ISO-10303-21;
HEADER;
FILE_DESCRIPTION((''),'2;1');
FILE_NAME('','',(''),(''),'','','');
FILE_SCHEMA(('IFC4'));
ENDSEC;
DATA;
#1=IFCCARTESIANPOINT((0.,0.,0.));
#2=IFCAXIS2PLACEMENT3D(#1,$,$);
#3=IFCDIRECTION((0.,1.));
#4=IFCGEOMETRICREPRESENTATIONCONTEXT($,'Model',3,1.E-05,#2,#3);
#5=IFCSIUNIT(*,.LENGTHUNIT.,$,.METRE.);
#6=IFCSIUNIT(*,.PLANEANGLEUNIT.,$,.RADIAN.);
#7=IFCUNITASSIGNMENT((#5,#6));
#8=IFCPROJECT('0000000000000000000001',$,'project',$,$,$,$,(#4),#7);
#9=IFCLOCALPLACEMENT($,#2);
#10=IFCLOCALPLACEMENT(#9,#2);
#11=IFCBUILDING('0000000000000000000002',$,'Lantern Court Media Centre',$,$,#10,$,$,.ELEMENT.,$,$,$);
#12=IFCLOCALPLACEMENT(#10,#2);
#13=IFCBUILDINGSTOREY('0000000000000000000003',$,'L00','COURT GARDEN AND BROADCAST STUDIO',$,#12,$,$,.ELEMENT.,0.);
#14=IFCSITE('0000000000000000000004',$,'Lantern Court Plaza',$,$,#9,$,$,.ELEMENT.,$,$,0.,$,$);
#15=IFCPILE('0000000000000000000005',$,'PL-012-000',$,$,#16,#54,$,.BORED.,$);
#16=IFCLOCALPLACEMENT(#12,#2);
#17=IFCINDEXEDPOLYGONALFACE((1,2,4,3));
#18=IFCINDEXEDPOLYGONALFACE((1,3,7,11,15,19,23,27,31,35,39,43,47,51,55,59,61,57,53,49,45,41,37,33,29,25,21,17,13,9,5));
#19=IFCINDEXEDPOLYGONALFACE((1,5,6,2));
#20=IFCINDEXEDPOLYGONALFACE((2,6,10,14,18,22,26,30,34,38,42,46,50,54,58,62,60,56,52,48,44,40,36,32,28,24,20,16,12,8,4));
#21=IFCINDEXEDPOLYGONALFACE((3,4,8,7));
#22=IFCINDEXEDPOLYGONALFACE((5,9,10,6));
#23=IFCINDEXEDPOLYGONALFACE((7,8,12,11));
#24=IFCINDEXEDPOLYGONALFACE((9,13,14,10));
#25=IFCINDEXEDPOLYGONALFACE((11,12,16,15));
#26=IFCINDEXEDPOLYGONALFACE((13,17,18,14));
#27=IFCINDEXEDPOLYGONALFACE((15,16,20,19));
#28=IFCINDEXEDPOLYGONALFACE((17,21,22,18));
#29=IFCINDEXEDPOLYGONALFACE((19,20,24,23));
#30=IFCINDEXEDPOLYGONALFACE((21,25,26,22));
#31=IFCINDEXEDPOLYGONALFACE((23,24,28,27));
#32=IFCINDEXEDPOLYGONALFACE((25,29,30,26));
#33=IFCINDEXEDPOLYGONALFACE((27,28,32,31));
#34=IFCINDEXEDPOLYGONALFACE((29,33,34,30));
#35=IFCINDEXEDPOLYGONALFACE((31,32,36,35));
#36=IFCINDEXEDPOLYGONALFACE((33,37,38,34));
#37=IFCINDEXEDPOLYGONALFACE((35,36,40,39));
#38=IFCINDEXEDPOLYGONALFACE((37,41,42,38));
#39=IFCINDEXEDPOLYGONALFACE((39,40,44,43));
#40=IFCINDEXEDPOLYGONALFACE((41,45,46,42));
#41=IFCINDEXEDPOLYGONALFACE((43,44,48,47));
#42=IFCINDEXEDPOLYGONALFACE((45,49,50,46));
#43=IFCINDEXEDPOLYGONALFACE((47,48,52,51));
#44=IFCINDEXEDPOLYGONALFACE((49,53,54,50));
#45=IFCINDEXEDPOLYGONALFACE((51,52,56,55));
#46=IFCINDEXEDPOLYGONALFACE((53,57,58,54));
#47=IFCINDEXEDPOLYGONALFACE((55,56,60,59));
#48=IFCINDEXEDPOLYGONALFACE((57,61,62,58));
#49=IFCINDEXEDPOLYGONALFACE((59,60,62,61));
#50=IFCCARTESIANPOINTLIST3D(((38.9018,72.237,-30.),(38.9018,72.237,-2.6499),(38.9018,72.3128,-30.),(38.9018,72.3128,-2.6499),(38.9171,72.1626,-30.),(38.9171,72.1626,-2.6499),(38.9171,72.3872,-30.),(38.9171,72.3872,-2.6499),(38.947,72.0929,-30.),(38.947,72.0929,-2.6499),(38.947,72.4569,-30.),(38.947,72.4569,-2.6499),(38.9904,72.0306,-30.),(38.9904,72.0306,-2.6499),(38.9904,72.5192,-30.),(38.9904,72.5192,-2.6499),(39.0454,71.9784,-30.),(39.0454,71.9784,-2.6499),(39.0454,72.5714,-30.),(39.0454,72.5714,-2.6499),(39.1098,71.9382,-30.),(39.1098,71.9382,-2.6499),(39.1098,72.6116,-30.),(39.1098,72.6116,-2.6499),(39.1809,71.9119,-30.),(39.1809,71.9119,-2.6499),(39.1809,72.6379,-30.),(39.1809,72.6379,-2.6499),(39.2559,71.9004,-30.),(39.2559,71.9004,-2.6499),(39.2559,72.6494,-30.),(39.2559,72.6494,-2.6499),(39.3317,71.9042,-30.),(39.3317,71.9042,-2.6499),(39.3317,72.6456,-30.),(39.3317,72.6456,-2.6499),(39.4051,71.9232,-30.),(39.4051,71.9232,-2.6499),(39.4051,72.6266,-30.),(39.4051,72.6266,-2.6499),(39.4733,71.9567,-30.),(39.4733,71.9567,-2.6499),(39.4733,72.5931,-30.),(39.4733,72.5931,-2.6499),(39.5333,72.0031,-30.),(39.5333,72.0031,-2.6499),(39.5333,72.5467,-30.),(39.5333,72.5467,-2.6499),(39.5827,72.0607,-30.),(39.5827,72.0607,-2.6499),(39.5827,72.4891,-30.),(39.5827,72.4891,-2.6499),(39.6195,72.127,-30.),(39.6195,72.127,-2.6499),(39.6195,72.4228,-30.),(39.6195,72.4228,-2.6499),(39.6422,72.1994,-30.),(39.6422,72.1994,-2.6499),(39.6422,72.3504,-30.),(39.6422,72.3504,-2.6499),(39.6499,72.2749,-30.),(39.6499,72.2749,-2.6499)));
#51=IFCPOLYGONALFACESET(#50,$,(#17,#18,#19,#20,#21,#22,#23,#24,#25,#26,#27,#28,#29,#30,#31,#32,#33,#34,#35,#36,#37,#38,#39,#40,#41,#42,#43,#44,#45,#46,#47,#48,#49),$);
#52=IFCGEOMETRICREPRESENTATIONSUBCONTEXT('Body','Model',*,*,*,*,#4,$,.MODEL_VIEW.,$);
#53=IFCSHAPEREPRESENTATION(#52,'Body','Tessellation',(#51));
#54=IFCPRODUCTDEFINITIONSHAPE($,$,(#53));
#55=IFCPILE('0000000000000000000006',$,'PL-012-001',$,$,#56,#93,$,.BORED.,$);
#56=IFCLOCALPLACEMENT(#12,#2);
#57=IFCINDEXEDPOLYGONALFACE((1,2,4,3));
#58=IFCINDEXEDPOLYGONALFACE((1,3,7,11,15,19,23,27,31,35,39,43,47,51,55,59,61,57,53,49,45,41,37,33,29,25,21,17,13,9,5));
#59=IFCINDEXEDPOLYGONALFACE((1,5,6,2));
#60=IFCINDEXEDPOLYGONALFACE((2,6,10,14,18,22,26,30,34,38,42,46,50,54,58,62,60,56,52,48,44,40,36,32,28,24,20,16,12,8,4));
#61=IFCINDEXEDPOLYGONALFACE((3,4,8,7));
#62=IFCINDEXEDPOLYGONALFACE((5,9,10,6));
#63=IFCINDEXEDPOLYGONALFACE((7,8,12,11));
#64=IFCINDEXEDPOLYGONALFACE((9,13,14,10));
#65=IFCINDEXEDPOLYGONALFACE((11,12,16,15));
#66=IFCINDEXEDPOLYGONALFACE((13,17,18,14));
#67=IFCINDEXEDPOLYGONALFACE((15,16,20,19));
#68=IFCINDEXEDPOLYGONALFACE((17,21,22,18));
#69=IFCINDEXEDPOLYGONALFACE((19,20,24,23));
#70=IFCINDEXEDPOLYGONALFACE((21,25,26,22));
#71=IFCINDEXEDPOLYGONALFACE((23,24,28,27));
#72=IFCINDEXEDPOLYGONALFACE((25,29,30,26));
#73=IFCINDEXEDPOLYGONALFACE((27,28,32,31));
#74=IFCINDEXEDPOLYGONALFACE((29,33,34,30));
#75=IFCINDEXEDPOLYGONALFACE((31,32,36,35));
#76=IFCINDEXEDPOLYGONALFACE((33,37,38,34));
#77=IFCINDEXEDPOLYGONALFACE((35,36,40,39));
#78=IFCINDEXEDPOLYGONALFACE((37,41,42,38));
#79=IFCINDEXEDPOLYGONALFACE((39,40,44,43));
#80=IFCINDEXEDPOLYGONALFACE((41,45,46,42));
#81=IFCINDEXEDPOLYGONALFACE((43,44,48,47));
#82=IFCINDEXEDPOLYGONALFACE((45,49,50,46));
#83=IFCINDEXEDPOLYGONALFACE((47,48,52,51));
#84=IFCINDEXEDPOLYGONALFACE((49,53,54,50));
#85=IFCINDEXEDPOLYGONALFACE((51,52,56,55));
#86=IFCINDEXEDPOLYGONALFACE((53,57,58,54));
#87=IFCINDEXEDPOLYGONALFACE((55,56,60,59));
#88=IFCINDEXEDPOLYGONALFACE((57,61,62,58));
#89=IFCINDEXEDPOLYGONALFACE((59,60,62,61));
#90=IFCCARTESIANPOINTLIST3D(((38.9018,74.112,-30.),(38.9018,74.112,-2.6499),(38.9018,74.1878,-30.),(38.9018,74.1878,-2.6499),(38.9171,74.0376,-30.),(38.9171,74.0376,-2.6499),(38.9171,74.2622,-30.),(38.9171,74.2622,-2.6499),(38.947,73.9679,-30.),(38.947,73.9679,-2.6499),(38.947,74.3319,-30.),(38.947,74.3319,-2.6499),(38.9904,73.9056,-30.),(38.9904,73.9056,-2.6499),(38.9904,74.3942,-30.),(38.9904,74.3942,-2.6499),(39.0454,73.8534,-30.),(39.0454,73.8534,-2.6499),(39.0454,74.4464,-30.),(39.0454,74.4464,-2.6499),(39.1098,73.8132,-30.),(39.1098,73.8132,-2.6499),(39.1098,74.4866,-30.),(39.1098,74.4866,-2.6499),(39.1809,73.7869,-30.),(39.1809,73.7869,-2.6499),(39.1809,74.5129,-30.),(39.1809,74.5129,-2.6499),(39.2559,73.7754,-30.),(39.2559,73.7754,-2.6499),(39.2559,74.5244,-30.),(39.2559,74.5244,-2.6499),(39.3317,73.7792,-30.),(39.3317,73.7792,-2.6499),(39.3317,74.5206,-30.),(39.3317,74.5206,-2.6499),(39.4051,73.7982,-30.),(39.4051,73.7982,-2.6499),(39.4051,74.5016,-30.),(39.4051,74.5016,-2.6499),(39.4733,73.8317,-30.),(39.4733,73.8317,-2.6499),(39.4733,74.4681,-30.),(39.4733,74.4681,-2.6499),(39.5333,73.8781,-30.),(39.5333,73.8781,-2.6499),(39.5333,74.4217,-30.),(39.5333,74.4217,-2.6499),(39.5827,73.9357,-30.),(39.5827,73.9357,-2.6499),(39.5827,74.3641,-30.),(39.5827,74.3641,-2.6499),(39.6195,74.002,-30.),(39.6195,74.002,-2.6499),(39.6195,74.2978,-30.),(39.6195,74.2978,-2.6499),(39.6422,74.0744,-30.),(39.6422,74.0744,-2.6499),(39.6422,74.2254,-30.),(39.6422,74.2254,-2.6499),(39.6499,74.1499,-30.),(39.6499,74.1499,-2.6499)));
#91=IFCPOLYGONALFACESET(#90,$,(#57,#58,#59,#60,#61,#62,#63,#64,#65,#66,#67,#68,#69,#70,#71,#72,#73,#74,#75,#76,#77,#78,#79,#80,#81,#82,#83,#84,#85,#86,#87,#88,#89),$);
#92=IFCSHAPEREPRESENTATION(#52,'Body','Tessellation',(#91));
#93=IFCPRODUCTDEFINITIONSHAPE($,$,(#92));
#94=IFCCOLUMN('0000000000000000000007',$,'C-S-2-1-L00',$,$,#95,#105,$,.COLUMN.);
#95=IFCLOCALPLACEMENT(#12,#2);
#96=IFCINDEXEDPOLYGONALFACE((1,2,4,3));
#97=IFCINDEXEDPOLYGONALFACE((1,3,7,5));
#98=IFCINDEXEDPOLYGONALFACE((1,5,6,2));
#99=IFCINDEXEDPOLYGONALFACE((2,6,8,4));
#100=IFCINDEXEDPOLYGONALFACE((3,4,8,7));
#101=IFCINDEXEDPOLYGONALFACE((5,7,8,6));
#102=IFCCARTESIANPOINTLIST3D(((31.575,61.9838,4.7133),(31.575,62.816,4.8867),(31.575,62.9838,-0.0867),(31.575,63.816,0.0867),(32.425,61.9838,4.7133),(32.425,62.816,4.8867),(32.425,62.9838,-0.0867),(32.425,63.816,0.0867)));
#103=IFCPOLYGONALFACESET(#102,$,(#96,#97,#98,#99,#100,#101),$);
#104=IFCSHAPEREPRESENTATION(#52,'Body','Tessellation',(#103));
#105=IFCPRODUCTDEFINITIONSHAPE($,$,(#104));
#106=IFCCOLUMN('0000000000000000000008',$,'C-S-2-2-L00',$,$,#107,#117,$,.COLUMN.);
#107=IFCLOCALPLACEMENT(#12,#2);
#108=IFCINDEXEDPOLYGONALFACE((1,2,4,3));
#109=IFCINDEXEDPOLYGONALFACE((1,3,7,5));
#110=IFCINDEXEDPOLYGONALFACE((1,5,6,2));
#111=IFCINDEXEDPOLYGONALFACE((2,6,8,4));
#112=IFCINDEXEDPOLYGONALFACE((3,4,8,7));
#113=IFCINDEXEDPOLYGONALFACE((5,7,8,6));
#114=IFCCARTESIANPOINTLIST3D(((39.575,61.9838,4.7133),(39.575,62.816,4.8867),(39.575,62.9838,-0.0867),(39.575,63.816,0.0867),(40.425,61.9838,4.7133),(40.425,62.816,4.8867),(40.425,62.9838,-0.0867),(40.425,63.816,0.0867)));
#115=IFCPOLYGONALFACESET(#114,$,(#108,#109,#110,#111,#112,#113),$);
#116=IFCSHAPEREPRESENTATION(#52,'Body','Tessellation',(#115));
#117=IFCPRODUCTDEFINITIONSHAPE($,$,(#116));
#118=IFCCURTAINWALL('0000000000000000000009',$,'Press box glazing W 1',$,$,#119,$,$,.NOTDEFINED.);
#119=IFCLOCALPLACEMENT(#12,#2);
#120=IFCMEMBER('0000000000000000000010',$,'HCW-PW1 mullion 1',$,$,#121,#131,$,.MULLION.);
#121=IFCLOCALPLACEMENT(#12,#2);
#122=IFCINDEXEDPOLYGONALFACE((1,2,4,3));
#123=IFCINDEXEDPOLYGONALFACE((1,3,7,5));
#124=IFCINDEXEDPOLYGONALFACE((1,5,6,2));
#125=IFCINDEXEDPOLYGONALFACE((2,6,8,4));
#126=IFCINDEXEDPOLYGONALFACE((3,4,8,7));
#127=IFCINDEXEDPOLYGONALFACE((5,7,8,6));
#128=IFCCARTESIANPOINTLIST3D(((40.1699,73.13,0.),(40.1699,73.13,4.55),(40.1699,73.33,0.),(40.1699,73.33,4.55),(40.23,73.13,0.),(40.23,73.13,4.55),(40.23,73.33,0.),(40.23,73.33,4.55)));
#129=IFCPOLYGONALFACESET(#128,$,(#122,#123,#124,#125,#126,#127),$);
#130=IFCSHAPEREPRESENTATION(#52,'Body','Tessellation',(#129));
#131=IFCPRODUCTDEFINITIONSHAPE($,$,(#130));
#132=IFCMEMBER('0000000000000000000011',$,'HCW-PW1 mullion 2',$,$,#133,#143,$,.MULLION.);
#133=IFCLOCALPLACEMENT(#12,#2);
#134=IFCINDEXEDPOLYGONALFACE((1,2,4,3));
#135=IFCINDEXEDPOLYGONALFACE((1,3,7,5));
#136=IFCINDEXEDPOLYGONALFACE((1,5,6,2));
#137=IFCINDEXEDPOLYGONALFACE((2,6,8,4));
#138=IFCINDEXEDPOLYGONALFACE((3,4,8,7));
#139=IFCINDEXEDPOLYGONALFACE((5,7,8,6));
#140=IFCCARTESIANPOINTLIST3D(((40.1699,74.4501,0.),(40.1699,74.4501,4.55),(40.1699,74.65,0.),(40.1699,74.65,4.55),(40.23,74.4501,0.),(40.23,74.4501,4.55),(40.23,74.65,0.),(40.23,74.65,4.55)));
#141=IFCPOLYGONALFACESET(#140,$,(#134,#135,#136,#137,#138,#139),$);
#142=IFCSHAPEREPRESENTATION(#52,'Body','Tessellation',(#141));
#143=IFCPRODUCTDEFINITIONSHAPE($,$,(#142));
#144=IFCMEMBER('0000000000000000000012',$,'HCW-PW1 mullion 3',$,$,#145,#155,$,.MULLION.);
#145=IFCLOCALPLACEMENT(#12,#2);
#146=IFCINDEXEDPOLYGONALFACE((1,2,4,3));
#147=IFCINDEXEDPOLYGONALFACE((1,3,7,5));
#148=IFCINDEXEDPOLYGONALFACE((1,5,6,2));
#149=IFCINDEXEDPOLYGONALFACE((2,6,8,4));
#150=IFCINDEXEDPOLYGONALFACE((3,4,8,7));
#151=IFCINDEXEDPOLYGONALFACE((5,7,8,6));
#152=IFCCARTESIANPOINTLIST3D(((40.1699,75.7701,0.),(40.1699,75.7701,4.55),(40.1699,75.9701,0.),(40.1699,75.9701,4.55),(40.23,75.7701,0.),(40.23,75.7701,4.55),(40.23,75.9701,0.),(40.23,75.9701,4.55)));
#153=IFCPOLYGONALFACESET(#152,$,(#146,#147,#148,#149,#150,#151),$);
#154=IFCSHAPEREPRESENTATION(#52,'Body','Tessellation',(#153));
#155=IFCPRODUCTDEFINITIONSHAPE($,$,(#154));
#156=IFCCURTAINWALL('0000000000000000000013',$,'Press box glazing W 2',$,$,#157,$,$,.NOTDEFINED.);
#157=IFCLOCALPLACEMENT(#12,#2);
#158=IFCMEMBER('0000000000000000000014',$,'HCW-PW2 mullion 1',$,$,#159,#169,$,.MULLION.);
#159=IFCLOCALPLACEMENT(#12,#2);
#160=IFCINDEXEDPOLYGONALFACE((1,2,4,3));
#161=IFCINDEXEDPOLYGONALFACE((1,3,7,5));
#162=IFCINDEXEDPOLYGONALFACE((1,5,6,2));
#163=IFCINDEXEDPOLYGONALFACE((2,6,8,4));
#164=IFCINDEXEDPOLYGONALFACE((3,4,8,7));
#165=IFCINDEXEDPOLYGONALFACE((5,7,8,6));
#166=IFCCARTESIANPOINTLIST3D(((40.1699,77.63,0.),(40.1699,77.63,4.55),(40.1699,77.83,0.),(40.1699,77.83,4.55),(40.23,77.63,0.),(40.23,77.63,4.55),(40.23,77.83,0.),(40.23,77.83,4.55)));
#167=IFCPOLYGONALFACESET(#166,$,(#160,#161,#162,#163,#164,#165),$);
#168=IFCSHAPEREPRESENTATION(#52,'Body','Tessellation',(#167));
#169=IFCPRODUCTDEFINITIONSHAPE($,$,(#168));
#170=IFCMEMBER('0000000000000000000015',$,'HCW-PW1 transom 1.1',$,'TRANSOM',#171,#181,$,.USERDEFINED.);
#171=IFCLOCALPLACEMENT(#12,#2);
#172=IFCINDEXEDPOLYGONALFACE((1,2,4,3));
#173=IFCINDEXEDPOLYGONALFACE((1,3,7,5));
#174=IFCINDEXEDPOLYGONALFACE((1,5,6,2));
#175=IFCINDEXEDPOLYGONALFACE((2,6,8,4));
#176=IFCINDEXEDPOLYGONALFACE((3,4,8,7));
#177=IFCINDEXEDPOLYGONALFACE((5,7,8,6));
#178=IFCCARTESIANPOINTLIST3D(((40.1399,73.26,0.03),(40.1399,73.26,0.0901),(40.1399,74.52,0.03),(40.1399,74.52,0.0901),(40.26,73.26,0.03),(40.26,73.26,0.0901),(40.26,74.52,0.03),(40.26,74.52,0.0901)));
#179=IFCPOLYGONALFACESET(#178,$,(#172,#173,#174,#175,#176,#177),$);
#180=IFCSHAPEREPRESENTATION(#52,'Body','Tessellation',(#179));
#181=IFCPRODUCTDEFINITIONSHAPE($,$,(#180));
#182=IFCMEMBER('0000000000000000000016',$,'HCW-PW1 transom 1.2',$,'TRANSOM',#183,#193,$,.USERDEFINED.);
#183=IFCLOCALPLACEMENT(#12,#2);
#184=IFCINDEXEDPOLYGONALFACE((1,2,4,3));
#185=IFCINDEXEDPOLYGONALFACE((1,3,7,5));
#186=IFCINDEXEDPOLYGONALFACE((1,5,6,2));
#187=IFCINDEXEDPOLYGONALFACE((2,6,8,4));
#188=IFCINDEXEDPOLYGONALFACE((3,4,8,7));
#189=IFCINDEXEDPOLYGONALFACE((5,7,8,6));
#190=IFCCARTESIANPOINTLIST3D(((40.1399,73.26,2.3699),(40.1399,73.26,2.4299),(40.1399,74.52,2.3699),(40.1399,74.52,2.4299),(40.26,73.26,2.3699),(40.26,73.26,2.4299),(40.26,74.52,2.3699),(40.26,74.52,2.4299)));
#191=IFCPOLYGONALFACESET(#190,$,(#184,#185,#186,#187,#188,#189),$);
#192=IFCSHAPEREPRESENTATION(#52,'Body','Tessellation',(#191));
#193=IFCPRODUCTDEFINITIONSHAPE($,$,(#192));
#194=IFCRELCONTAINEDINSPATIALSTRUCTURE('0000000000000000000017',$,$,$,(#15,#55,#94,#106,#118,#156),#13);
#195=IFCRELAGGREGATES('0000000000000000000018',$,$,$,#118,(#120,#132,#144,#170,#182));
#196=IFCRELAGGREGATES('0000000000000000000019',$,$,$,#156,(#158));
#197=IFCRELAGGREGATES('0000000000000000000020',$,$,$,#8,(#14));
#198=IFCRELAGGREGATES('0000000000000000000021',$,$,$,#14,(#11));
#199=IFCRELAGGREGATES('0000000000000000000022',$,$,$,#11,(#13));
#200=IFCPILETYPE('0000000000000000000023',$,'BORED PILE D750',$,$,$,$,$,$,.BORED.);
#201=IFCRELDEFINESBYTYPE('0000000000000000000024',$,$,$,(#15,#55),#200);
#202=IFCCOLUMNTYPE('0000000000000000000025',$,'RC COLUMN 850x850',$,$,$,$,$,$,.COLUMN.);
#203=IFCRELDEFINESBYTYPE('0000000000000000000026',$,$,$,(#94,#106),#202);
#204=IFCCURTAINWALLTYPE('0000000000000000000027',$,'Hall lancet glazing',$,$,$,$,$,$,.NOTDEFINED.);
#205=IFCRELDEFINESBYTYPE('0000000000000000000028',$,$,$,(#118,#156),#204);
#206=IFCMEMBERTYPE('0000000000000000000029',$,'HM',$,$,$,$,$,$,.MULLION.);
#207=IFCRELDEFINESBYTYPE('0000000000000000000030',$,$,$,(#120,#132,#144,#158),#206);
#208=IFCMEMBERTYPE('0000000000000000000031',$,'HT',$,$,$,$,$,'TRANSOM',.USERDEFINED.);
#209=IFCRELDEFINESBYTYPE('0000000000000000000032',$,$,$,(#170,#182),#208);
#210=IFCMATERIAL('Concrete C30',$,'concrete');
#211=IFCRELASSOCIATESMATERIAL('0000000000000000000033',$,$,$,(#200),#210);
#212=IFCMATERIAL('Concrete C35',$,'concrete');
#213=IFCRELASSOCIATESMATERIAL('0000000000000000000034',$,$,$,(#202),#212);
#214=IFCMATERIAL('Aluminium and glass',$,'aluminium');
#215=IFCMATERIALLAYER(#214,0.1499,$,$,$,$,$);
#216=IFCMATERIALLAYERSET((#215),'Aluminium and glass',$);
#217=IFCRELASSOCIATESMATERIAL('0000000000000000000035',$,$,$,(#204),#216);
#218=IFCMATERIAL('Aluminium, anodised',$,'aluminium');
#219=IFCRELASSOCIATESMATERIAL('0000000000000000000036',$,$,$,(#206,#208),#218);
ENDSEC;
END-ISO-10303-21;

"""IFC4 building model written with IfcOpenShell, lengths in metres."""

from ifc_helpers import new_model, si_unit, direction, frame, origin, origin_2d, place, context, subcontext, project, spatial, rectangle, circle, extrude, material, layer, layer_set, material_profile, profile_set, type_object, element, aggregate, save


model = new_model("IFC4")

# Units and contexts
model_context = context("Model", 3, precision=1e-05, world=origin(), true_north=direction((0.0, 1.0)))
body_context = subcontext(model_context, "Body", "Model", "MODEL_VIEW")
ifc_project = project(units=[si_unit("LENGTHUNIT", "METRE"), si_unit("PLANEANGLEUNIT", "RADIAN")], contexts=[model_context])

# Site, building, storey
site_placement = place(None, origin())
site = spatial("IfcSite", under=ifc_project, at=site_placement, Name="Lantern Court Plaza", CompositionType="ELEMENT", RefElevation=0.0)
building_placement = place(site_placement, origin())
building = spatial("IfcBuilding", under=site, at=building_placement, Name="Lantern Court Media Centre", CompositionType="ELEMENT")
storey_placement = place(building_placement, origin())
storey = spatial("IfcBuildingStorey", under=building, at=storey_placement, Name="L00", Description="COURT GARDEN AND BROADCAST STUDIO", CompositionType="ELEMENT", Elevation=0.0)

# Piles
ifc_material_1 = material(Name="Concrete C30", Category="concrete")
ifc_material_profile_1 = material_profile(ifc_material_1, circle(Radius=0.375, at=origin_2d()), Name="D750")
ifc_profile_set_1 = profile_set([ifc_material_profile_1], Name="Concrete C30")
pile_type = type_object("IfcPileType", Name="BORED PILE D750", PredefinedType="BORED", material=ifc_profile_set_1)
for number, where, z_axis, x_axis, name in (
    (1, (39.2749, 72.2749, -2.6499), (0.0, 0.0, -1.0), (1.0, 0.0, 0.0), "PL-012-000"),
    (2, (39.2749, 74.1499, -2.6499), (0.0, 0.0, -1.0), (1.0, 0.0, 0.0), "PL-012-001"),
):
    element("IfcPile", number, at=place(storey_placement, frame(where, z_axis=z_axis, x_axis=x_axis)), inside=storey, type_object=pile_type, Name=name, PredefinedType="BORED", context=body_context, shape_type="SweptSolid", body=[
        extrude(circle(Radius=0.375, at=origin_2d()), origin(), (0.0, 0.0, 1.0), 27.3501),
    ])

# Columns
ifc_material_2 = material(Name="Concrete C35", Category="concrete")
ifc_material_profile_2 = material_profile(ifc_material_2, rectangle(XDim=0.8501, YDim=0.8501, at=origin_2d()), Name="RC 850x850")
ifc_profile_set_2 = profile_set([ifc_material_profile_2], Name="Concrete C35")
column_type = type_object("IfcColumnType", Name="RC COLUMN 850x850", PredefinedType="COLUMN", material=ifc_profile_set_2)
for number, where, z_axis, x_axis, name in (
    (3, (32.0, 63.3999, 0.0), (0.0, -0.203952, 0.978981), (1.0, 0.0, 0.0), "C-S-2-1-L00"),
    (4, (40.0, 63.3999, 0.0), (0.0, -0.203952, 0.978981), (1.0, 0.0, 0.0), "C-S-2-2-L00"),
):
    element("IfcColumn", number, at=place(storey_placement, frame(where, z_axis=z_axis, x_axis=x_axis)), inside=storey, type_object=column_type, Name=name, PredefinedType="COLUMN", context=body_context, shape_type="SweptSolid", body=[
        extrude(rectangle(XDim=0.8501, YDim=0.8501, at=origin_2d()), origin(), (0.0, 0.0, 1.0), 4.9031),
    ])

# Curtain wall, members
ifc_material_3 = material(Name="Aluminium and glass", Category="aluminium")
ifc_layer_1 = layer(ifc_material_3, 0.1499)
ifc_layer_set_1 = layer_set([ifc_layer_1], Name="Aluminium and glass")
curtain_wall_type = type_object("IfcCurtainWallType", Name="Hall lancet glazing", PredefinedType="NOTDEFINED", material=ifc_layer_set_1)
curtain_wall_1_placement = place(storey_placement, origin())
curtain_wall_1 = element("IfcCurtainWall", 5, at=curtain_wall_1_placement, inside=storey, type_object=curtain_wall_type, Name="Press box glazing W 1", PredefinedType="NOTDEFINED")
ifc_material_4 = material(Name="Aluminium, anodised", Category="aluminium")
ifc_material_profile_3 = material_profile(ifc_material_4, rectangle(XDim=0.0601, YDim=0.2, at=origin_2d()), Name="HM")
ifc_profile_set_3 = profile_set([ifc_material_profile_3], Name="Aluminium, anodised")
member_type_1 = type_object("IfcMemberType", Name="HM", PredefinedType="MULLION", material=ifc_profile_set_3)
member_1_placement = place(storey_placement, frame((40.2, 73.23, 0.0), z_axis=(0.0, 0.0, 1.0), x_axis=(-1.0, 0.0, 0.0)))
member_1 = element("IfcMember", 6, at=member_1_placement, type_object=member_type_1, Name="HCW-PW1 mullion 1", PredefinedType="MULLION", context=body_context, shape_type="SweptSolid", body=[
    extrude(rectangle(XDim=0.0601, YDim=0.2, at=origin_2d()), origin(), (0.0, 0.0, 1.0), 4.55),
])
member_2_placement = place(storey_placement, frame((40.2, 74.55, 0.0), z_axis=(0.0, 0.0, 1.0), x_axis=(-1.0, 0.0, 0.0)))
member_2 = element("IfcMember", 7, at=member_2_placement, type_object=member_type_1, Name="HCW-PW1 mullion 2", PredefinedType="MULLION", context=body_context, shape_type="SweptSolid", body=[
    extrude(rectangle(XDim=0.0601, YDim=0.2, at=origin_2d()), origin(), (0.0, 0.0, 1.0), 4.55),
])
member_3_placement = place(storey_placement, frame((40.2, 75.8701, 0.0), z_axis=(0.0, 0.0, 1.0), x_axis=(-1.0, 0.0, 0.0)))
member_3 = element("IfcMember", 8, at=member_3_placement, type_object=member_type_1, Name="HCW-PW1 mullion 3", PredefinedType="MULLION", context=body_context, shape_type="SweptSolid", body=[
    extrude(rectangle(XDim=0.0601, YDim=0.2, at=origin_2d()), origin(), (0.0, 0.0, 1.0), 4.55),
])

# Curtain wall, member
curtain_wall_2_placement = place(storey_placement, origin())
curtain_wall_2 = element("IfcCurtainWall", 9, at=curtain_wall_2_placement, inside=storey, type_object=curtain_wall_type, Name="Press box glazing W 2", PredefinedType="NOTDEFINED")
member_4_placement = place(storey_placement, frame((40.2, 77.73, 0.0), z_axis=(0.0, 0.0, 1.0), x_axis=(-1.0, 0.0, 0.0)))
member_4 = element("IfcMember", 10, at=member_4_placement, type_object=member_type_1, Name="HCW-PW2 mullion 1", PredefinedType="MULLION", context=body_context, shape_type="SweptSolid", body=[
    extrude(rectangle(XDim=0.0601, YDim=0.2, at=origin_2d()), origin(), (0.0, 0.0, 1.0), 4.55),
])

# Members
ifc_material_profile_4 = material_profile(ifc_material_4, rectangle(XDim=0.1201, YDim=0.0601, at=origin_2d()), Name="HT")
ifc_profile_set_4 = profile_set([ifc_material_profile_4], Name="Aluminium, anodised")
member_type_2 = type_object("IfcMemberType", Name="HT", ElementType="TRANSOM", PredefinedType="USERDEFINED", material=ifc_profile_set_4)
member_5_placement = place(storey_placement, frame((40.2, 73.26, 0.0601), z_axis=(0.0, 1.0, 0.0), x_axis=(-1.0, 0.0, 0.0)))
member_5 = element("IfcMember", 11, at=member_5_placement, type_object=member_type_2, Name="HCW-PW1 transom 1.1", ObjectType="TRANSOM", PredefinedType="USERDEFINED", context=body_context, shape_type="SweptSolid", body=[
    extrude(rectangle(XDim=0.1201, YDim=0.0601, at=origin_2d()), origin(), (0.0, 0.0, 1.0), 1.26),
])
member_6_placement = place(storey_placement, frame((40.2, 73.26, 2.3999), z_axis=(0.0, 1.0, 0.0), x_axis=(-1.0, 0.0, 0.0)))
member_6 = element("IfcMember", 12, at=member_6_placement, type_object=member_type_2, Name="HCW-PW1 transom 1.2", ObjectType="TRANSOM", PredefinedType="USERDEFINED", context=body_context, shape_type="SweptSolid", body=[
    extrude(rectangle(XDim=0.1201, YDim=0.0601, at=origin_2d()), origin(), (0.0, 0.0, 1.0), 1.26),
])

aggregate(curtain_wall_1, [member_1, member_2, member_3, member_5, member_6])
aggregate(curtain_wall_2, [member_4])

save(model, "model.ifc")
